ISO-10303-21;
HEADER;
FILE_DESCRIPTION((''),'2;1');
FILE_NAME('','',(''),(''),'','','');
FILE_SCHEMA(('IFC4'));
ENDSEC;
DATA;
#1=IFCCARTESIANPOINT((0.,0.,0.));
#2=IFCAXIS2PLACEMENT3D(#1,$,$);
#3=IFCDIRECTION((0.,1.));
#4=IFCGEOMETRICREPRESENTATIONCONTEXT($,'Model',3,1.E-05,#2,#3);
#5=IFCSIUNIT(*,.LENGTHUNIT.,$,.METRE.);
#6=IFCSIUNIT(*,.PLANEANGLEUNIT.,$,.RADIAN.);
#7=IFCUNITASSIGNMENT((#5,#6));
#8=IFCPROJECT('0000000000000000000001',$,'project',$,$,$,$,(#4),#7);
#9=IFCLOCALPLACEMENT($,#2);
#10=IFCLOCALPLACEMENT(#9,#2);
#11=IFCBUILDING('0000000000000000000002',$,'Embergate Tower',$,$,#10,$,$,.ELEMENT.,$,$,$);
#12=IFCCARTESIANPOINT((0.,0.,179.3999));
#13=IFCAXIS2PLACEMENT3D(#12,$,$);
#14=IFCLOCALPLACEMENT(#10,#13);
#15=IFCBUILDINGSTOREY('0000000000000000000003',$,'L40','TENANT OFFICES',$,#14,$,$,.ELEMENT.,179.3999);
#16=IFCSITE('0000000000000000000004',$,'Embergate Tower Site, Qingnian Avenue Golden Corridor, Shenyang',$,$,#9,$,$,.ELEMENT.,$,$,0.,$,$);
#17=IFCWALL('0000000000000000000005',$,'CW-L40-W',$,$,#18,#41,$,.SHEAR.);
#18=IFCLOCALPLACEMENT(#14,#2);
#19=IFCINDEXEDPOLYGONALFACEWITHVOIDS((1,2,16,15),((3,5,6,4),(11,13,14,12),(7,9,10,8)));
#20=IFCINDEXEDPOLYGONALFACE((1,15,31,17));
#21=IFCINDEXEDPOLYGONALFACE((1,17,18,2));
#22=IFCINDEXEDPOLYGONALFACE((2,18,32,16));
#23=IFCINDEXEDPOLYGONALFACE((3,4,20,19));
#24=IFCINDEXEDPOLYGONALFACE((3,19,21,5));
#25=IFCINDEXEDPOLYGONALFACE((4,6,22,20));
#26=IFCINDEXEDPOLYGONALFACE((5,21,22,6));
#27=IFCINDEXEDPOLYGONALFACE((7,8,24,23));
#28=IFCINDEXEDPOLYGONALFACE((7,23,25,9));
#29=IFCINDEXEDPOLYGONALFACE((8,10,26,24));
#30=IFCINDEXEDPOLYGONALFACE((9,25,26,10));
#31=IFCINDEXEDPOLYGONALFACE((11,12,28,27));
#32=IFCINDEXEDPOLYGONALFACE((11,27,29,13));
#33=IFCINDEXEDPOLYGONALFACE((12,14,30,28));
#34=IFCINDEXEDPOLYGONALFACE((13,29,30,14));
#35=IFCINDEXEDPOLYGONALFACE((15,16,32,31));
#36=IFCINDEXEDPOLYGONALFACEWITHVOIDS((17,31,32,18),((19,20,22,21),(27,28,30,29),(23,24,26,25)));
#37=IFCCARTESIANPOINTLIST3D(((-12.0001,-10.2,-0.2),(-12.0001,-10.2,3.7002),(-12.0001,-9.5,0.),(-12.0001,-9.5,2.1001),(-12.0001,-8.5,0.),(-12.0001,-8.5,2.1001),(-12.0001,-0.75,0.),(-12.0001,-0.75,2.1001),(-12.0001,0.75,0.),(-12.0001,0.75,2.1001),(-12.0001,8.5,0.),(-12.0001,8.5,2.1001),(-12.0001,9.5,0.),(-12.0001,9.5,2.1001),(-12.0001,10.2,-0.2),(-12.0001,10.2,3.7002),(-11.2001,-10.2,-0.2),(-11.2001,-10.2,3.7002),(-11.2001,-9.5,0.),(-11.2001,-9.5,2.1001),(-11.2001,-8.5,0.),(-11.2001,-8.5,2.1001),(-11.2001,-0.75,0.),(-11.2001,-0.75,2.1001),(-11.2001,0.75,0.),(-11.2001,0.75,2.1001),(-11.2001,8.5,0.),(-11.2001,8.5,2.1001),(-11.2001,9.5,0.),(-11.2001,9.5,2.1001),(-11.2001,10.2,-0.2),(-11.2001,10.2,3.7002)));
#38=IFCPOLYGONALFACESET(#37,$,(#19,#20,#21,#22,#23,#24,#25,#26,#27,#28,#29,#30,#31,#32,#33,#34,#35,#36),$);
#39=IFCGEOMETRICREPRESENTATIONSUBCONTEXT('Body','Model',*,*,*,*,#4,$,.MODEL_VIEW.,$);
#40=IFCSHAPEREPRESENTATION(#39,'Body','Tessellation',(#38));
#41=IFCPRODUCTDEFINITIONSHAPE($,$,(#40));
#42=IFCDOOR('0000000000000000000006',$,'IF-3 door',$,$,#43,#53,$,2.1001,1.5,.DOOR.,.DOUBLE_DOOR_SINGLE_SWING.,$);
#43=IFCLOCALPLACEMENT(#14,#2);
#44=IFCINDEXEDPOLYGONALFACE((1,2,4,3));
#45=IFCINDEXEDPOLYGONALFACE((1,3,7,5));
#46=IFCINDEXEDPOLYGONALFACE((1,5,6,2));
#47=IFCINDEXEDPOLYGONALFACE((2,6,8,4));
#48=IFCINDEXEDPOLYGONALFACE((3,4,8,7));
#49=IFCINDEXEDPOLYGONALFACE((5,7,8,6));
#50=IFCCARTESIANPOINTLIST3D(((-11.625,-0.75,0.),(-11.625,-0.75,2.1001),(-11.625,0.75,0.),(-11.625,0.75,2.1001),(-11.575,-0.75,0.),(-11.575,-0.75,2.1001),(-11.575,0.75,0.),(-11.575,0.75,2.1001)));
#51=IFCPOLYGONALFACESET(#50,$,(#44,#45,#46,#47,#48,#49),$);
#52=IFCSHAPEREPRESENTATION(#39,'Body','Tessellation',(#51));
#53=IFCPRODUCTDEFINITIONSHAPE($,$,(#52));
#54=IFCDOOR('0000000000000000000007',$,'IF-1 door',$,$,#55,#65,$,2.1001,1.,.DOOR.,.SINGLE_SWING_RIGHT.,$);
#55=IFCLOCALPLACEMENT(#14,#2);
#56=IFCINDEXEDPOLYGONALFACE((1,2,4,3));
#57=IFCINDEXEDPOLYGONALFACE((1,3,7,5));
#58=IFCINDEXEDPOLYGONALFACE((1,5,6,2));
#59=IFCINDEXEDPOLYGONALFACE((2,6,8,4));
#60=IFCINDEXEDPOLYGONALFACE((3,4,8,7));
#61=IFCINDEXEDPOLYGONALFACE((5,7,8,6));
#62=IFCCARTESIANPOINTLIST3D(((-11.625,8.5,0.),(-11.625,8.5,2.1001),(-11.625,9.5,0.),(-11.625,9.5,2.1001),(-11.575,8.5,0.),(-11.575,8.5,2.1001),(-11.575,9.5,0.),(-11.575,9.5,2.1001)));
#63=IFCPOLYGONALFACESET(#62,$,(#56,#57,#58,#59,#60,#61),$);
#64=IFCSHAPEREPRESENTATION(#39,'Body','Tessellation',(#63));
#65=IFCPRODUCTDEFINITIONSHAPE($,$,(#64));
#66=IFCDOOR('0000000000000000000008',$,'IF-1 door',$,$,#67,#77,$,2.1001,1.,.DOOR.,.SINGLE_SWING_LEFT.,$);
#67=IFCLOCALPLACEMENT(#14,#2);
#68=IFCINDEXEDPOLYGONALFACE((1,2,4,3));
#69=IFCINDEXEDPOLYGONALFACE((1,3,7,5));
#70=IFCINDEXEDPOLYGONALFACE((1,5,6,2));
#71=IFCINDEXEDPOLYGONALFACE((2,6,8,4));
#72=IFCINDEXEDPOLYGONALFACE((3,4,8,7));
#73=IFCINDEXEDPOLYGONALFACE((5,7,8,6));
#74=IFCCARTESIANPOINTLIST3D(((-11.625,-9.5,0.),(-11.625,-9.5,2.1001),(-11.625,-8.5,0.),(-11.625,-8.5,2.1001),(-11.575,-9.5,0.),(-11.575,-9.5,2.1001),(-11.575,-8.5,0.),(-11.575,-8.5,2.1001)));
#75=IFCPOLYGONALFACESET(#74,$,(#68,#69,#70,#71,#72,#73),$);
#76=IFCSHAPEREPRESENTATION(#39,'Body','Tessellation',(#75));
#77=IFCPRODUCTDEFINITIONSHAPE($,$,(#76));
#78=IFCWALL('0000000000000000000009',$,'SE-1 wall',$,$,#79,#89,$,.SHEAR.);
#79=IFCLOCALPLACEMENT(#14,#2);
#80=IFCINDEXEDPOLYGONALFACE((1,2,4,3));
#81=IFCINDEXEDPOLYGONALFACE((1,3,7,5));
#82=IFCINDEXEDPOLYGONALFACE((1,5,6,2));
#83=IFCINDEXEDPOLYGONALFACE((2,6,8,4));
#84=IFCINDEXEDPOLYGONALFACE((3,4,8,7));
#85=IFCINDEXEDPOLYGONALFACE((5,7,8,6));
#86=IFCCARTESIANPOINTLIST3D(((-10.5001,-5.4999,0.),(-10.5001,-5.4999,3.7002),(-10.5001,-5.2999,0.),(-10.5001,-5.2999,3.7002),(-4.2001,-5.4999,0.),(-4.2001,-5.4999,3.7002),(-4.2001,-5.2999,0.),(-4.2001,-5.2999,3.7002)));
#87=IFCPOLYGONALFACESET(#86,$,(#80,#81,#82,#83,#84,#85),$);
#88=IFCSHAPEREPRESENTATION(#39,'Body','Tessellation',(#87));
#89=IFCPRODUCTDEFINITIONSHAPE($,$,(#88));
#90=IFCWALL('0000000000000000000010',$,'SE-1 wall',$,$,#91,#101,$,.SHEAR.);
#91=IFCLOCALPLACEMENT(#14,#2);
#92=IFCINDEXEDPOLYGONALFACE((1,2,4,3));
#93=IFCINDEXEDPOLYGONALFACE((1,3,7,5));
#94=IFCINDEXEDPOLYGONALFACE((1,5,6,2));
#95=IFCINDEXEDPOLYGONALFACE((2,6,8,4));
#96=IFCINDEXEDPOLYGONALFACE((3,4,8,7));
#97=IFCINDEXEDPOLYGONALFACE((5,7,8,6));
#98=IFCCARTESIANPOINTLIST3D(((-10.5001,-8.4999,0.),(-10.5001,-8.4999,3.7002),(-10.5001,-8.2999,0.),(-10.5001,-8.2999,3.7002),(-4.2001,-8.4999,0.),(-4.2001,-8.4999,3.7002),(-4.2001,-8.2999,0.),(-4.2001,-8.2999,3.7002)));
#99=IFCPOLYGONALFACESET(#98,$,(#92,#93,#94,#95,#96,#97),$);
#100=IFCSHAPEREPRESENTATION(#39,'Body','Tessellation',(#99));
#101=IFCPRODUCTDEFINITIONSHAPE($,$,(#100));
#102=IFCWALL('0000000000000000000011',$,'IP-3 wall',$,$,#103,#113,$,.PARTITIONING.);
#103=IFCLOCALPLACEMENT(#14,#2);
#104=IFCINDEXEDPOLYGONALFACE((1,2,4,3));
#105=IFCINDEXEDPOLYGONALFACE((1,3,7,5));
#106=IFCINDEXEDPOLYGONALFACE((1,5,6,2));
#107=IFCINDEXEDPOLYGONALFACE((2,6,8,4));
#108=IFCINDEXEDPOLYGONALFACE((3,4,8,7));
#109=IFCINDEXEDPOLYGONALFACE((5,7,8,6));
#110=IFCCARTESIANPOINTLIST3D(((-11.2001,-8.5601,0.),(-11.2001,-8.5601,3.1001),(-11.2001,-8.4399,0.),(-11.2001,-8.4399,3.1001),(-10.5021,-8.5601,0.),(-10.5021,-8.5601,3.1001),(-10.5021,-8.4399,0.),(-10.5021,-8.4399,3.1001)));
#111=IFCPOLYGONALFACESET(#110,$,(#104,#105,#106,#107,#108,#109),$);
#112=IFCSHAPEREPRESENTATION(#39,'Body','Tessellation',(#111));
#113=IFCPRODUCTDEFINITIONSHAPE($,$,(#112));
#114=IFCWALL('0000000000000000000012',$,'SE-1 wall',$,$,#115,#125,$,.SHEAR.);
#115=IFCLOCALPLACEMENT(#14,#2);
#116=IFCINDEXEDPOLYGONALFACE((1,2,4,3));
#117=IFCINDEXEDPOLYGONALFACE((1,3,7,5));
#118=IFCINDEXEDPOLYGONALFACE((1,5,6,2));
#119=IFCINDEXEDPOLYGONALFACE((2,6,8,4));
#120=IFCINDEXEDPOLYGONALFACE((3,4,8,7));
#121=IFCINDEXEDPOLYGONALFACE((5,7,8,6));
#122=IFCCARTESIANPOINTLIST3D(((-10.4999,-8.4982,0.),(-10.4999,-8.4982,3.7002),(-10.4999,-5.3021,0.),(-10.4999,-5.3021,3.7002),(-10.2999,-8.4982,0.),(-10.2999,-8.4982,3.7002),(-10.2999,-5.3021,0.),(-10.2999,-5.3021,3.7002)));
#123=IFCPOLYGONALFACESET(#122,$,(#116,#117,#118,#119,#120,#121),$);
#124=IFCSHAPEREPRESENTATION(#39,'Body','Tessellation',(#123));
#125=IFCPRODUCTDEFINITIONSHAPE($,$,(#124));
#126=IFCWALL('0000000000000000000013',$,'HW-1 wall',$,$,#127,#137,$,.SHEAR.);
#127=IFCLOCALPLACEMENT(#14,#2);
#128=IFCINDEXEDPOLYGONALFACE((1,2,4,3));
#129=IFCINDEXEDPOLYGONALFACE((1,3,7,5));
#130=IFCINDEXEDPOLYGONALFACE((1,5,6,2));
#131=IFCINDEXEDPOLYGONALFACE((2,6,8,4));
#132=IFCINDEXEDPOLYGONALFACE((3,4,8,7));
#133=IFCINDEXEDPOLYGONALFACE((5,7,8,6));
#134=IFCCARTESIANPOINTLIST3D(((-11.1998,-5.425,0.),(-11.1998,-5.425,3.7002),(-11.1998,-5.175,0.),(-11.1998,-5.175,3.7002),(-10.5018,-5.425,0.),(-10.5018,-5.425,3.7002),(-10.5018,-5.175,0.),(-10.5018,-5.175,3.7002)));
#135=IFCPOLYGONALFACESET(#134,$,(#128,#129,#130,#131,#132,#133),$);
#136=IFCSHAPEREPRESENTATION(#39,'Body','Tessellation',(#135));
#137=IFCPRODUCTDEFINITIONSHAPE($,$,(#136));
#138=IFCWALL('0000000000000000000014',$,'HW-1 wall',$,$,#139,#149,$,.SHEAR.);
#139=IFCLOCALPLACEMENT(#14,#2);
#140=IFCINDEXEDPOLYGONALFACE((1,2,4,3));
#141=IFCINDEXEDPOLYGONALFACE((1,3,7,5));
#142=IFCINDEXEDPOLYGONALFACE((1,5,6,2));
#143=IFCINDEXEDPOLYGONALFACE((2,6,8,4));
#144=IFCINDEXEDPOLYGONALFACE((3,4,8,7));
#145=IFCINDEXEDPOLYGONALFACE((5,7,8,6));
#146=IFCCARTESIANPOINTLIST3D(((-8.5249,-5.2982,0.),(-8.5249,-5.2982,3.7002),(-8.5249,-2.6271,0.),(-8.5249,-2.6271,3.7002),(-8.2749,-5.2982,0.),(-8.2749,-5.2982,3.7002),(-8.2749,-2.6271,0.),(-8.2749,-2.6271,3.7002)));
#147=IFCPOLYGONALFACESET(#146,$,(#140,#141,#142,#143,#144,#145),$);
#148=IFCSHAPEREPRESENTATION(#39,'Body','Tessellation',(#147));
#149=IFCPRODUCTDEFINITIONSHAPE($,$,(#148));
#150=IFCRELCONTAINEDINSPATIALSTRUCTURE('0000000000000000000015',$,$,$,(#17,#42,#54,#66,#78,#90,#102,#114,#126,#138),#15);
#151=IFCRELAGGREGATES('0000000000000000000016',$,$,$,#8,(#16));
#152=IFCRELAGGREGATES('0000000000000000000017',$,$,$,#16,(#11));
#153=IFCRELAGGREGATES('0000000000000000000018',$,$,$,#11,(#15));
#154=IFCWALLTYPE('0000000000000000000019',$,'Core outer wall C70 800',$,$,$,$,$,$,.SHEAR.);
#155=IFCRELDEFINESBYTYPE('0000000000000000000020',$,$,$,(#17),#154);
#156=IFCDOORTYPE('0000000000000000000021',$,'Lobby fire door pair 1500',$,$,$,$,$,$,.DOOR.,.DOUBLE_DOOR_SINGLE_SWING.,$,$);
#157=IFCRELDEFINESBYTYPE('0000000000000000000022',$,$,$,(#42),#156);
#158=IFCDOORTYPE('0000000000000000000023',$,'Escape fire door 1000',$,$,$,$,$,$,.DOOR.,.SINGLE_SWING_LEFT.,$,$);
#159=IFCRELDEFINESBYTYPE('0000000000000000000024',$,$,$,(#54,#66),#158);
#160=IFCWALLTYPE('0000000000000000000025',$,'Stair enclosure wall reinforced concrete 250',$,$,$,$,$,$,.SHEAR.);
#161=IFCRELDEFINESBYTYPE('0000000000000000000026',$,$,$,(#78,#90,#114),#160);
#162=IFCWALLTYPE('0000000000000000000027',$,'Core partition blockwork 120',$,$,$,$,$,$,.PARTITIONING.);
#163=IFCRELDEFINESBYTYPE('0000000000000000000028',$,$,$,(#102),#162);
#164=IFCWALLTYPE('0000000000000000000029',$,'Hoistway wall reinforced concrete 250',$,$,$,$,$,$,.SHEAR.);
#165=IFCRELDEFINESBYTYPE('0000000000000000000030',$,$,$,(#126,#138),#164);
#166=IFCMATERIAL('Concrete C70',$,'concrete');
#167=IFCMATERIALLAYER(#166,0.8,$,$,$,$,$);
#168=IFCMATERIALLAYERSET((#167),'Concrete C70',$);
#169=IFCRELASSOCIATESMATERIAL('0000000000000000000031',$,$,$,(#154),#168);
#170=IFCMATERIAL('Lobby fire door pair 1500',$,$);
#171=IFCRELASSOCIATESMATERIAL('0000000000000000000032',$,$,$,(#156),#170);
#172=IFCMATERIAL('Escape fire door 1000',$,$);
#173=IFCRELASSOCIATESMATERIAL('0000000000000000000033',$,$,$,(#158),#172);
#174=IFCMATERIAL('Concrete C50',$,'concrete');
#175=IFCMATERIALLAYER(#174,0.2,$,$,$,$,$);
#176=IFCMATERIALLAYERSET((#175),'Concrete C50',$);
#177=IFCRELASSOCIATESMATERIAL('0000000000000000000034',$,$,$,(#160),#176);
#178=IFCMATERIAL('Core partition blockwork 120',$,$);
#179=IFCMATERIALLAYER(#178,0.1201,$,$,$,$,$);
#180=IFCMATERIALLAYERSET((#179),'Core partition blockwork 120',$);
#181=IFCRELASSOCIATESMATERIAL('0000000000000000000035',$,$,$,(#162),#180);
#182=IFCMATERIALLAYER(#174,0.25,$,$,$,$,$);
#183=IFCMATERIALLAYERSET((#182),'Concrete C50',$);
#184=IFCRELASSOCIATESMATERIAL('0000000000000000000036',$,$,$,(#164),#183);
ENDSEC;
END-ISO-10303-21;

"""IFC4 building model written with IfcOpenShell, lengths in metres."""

from ifc_helpers import new_model, si_unit, direction, frame, frame_2d, origin, place, context, subcontext, project, spatial, rectangle, extrude, source, transform, mapped, material, layer, layer_set, type_object, element, fill, save


model = new_model("IFC4")

# Units and contexts
model_context = context("Model", 3, precision=1e-05, world=origin(), true_north=direction((0.0, 1.0)))
body_context = subcontext(model_context, "Body", "Model", "MODEL_VIEW")
ifc_project = project(units=[si_unit("LENGTHUNIT", "METRE"), si_unit("PLANEANGLEUNIT", "RADIAN")], contexts=[model_context])

# Site, building, storey
site_placement = place(None, origin())
site = spatial("IfcSite", under=ifc_project, at=site_placement, Name="Embergate Tower Site, Qingnian Avenue Golden Corridor, Shenyang", CompositionType="ELEMENT", RefElevation=0.0)
building_placement = place(site_placement, origin())
building = spatial("IfcBuilding", under=site, at=building_placement, Name="Embergate Tower", CompositionType="ELEMENT")
storey_placement = place(building_placement, frame((0.0, 0.0, 179.3999)))
storey = spatial("IfcBuildingStorey", under=building, at=storey_placement, Name="L40", Description="TENANT OFFICES", CompositionType="ELEMENT", Elevation=179.3999)

# Wall, openings, doors
ifc_material_1 = material(Name="Concrete C70", Category="concrete")
ifc_layer_1 = layer(ifc_material_1, 0.8)
ifc_layer_set_1 = layer_set([ifc_layer_1], Name="Concrete C70")
wall_type_1 = type_object("IfcWallType", Name="Core outer wall C70 800", PredefinedType="SHEAR", material=ifc_layer_set_1)
shared_shape_1 = source(origin(), body_context, "Body", "SweptSolid", [
    extrude(rectangle(XDim=20.3999, YDim=0.8, at=frame_2d((10.2, 0.0))), origin(), (0.0, 0.0, 1.0), 3.9001),
])
wall_1_placement = place(storey_placement, frame((-11.6001, -10.2, -0.2), z_axis=(0.0, 0.0, 1.0), x_axis=(0.0, 1.0, 0.0)))
wall_1 = element("IfcWall", 1, at=wall_1_placement, inside=storey, type_object=wall_type_1, Name="CW-L40-W", PredefinedType="SHEAR", context=body_context, shape_type="MappedRepresentation", body=[
    mapped(shared_shape_1, transform((0.0, 0.0, 0.0))),
])
shared_shape_2 = source(origin(), body_context, "Body", "SweptSolid", [
    extrude(rectangle(XDim=1.0, YDim=2.1001, at=frame_2d((0.5, 1.05))), frame((0.0, 0.4099, 0.0), z_axis=(0.0, -1.0, 0.0), x_axis=(1.0, 0.0, 0.0)), (0.0, 0.0, 1.0), 0.8201),
])
opening_1_placement = place(wall_1_placement, frame((18.7, 0.0, 0.2)))
opening_1 = element("IfcOpeningElement", 2, at=opening_1_placement, cuts=wall_1, PredefinedType="OPENING", context=body_context, shape_type="MappedRepresentation", body=[
    mapped(shared_shape_2, transform((0.0, 0.0, 0.0))),
])
opening_2_placement = place(wall_1_placement, frame((0.7, 0.0, 0.2)))
opening_2 = element("IfcOpeningElement", 3, at=opening_2_placement, cuts=wall_1, PredefinedType="OPENING", context=body_context, shape_type="MappedRepresentation", body=[
    mapped(shared_shape_2, transform((0.0, 0.0, 0.0))),
])
shared_shape_3 = source(origin(), body_context, "Body", "SweptSolid", [
    extrude(rectangle(XDim=1.5, YDim=2.1001, at=frame_2d((0.75, 1.05))), frame((0.0, 0.4099, 0.0), z_axis=(0.0, -1.0, 0.0), x_axis=(1.0, 0.0, 0.0)), (0.0, 0.0, 1.0), 0.8201),
])
opening_3_placement = place(wall_1_placement, frame((9.45, 0.0, 0.2)))
opening_3 = element("IfcOpeningElement", 4, at=opening_3_placement, cuts=wall_1, PredefinedType="OPENING", context=body_context, shape_type="MappedRepresentation", body=[
    mapped(shared_shape_3, transform((0.0, 0.0, 0.0))),
])
ifc_material_2 = material(Name="Lobby fire door pair 1500")
door_type_1 = type_object("IfcDoorType", Name="Lobby fire door pair 1500", OperationType="DOUBLE_DOOR_SINGLE_SWING", PredefinedType="DOOR", material=ifc_material_2)
shared_shape_4 = source(origin(), body_context, "Body", "SweptSolid", [
    extrude(rectangle(XDim=1.5, YDim=2.1001, at=frame_2d((0.75, 1.05))), frame((0.0, 0.0249, 0.0), z_axis=(0.0, -1.0, 0.0), x_axis=(1.0, 0.0, 0.0)), (0.0, 0.0, 1.0), 0.05),
])
door_1_placement = place(opening_3_placement, origin())
door_1 = element("IfcDoor", 5, at=door_1_placement, inside=storey, type_object=door_type_1, Name="IF-3 door", OperationType="DOUBLE_DOOR_SINGLE_SWING", OverallHeight=2.1001, OverallWidth=1.5, PredefinedType="DOOR", context=body_context, shape_type="MappedRepresentation", body=[
    mapped(shared_shape_4, transform((0.0, 0.0, 0.0))),
])
fill(opening_3, door_1)
ifc_material_3 = material(Name="Escape fire door 1000")
door_type_2 = type_object("IfcDoorType", Name="Escape fire door 1000", OperationType="SINGLE_SWING_LEFT", PredefinedType="DOOR", material=ifc_material_3)
shared_shape_5 = source(origin(), body_context, "Body", "SweptSolid", [
    extrude(rectangle(XDim=1.0, YDim=2.1001, at=frame_2d((0.5, 1.05))), frame((0.0, 0.0249, 0.0), z_axis=(0.0, -1.0, 0.0), x_axis=(1.0, 0.0, 0.0)), (0.0, 0.0, 1.0), 0.05),
])
door_2_placement = place(opening_1_placement, origin())
door_2 = element("IfcDoor", 6, at=door_2_placement, inside=storey, type_object=door_type_2, Name="IF-1 door", OperationType="SINGLE_SWING_RIGHT", OverallHeight=2.1001, OverallWidth=1.0, PredefinedType="DOOR", context=body_context, shape_type="MappedRepresentation", body=[
    mapped(shared_shape_5, transform((0.0, 0.0, 0.0))),
])
fill(opening_1, door_2)
door_3_placement = place(opening_2_placement, origin())
door_3 = element("IfcDoor", 7, at=door_3_placement, inside=storey, type_object=door_type_2, Name="IF-1 door", OperationType="SINGLE_SWING_LEFT", OverallHeight=2.1001, OverallWidth=1.0, PredefinedType="DOOR", context=body_context, shape_type="MappedRepresentation", body=[
    mapped(shared_shape_5, transform((0.0, 0.0, 0.0))),
])
fill(opening_2, door_3)

# Walls
ifc_material_4 = material(Name="Concrete C50", Category="concrete")
ifc_layer_2 = layer(ifc_material_4, 0.2)
ifc_layer_set_2 = layer_set([ifc_layer_2], Name="Concrete C50")
wall_type_2 = type_object("IfcWallType", Name="Stair enclosure wall reinforced concrete 250", PredefinedType="SHEAR", material=ifc_layer_set_2)
shared_shape_6 = source(origin(), body_context, "Body", "SweptSolid", [
    extrude(rectangle(XDim=6.3, YDim=0.2, at=frame_2d((3.1499, 0.0))), origin(), (0.0, 0.0, 1.0), 3.7002),
])
for number, where, z_axis, x_axis, name in (
    (8, (-10.5, -5.3999, 0.0), (0.0, 0.0, 1.0), (1.0, 0.0, 0.0), "SE-1 wall"),
    (9, (-10.5, -8.3999, 0.0), (0.0, 0.0, 1.0), (1.0, 0.0, 0.0), "SE-1 wall"),
):
    element("IfcWall", number, at=place(storey_placement, frame(where, z_axis=z_axis, x_axis=x_axis)), inside=storey, type_object=wall_type_2, Name=name, PredefinedType="SHEAR", context=body_context, shape_type="MappedRepresentation", body=[
        mapped(shared_shape_6, transform((0.0, 0.0, 0.0))),
    ])
ifc_material_5 = material(Name="Core partition blockwork 120")
ifc_layer_3 = layer(ifc_material_5, 0.1201)
ifc_layer_set_3 = layer_set([ifc_layer_3], Name="Core partition blockwork 120")
wall_type_3 = type_object("IfcWallType", Name="Core partition blockwork 120", PredefinedType="PARTITIONING", material=ifc_layer_set_3)
shared_shape_7 = source(origin(), body_context, "Body", "SweptSolid", [
    extrude(rectangle(XDim=0.698, YDim=0.1201, at=frame_2d((0.3491, 0.0))), origin(), (0.0, 0.0, 1.0), 3.1001),
])
wall_2_placement = place(storey_placement, frame((-10.502, -8.5, 0.0), z_axis=(0.0, 0.0, 1.0), x_axis=(-1.0, 0.0, 0.0)))
element("IfcWall", 10, at=wall_2_placement, inside=storey, type_object=wall_type_3, Name="IP-3 wall", PredefinedType="PARTITIONING", context=body_context, shape_type="MappedRepresentation", body=[
    mapped(shared_shape_7, transform((0.0, 0.0, 0.0))),
])
shared_shape_8 = source(origin(), body_context, "Body", "SweptSolid", [
    extrude(rectangle(XDim=3.196, YDim=0.2, at=frame_2d((1.5981, 0.0))), origin(), (0.0, 0.0, 1.0), 3.7002),
])
wall_3_placement = place(storey_placement, frame((-10.3999, -5.302, 0.0), z_axis=(0.0, 0.0, 1.0), x_axis=(0.0, -1.0, 0.0)))
element("IfcWall", 11, at=wall_3_placement, inside=storey, type_object=wall_type_2, Name="SE-1 wall", PredefinedType="SHEAR", context=body_context, shape_type="MappedRepresentation", body=[
    mapped(shared_shape_8, transform((0.0, 0.0, 0.0))),
])
ifc_layer_4 = layer(ifc_material_4, 0.25)
ifc_layer_set_4 = layer_set([ifc_layer_4], Name="Concrete C50")
wall_type_4 = type_object("IfcWallType", Name="Hoistway wall reinforced concrete 250", PredefinedType="SHEAR", material=ifc_layer_set_4)
shared_shape_9 = source(origin(), body_context, "Body", "SweptSolid", [
    extrude(rectangle(XDim=0.698, YDim=0.25, at=frame_2d((0.3491, 0.0))), origin(), (0.0, 0.0, 1.0), 3.7002),
])
wall_4_placement = place(storey_placement, frame((-11.2, -5.3, 0.0), z_axis=(0.0, 0.0, 1.0), x_axis=(1.0, 0.0, 0.0)))
element("IfcWall", 12, at=wall_4_placement, inside=storey, type_object=wall_type_4, Name="HW-1 wall", PredefinedType="SHEAR", context=body_context, shape_type="MappedRepresentation", body=[
    mapped(shared_shape_9, transform((0.0, 0.0, 0.0))),
])
shared_shape_10 = source(origin(), body_context, "Body", "SweptSolid", [
    extrude(rectangle(XDim=2.6711, YDim=0.25, at=frame_2d((1.3354, 0.0))), origin(), (0.0, 0.0, 1.0), 3.7002),
])
wall_5_placement = place(storey_placement, frame((-8.3999, -5.2981, 0.0), z_axis=(0.0, 0.0, 1.0), x_axis=(0.0, 1.0, 0.0)))
element("IfcWall", 13, at=wall_5_placement, inside=storey, type_object=wall_type_4, Name="HW-1 wall", PredefinedType="SHEAR", context=body_context, shape_type="MappedRepresentation", body=[
    mapped(shared_shape_10, transform((0.0, 0.0, 0.0))),
])

save(model, "model.ifc")
